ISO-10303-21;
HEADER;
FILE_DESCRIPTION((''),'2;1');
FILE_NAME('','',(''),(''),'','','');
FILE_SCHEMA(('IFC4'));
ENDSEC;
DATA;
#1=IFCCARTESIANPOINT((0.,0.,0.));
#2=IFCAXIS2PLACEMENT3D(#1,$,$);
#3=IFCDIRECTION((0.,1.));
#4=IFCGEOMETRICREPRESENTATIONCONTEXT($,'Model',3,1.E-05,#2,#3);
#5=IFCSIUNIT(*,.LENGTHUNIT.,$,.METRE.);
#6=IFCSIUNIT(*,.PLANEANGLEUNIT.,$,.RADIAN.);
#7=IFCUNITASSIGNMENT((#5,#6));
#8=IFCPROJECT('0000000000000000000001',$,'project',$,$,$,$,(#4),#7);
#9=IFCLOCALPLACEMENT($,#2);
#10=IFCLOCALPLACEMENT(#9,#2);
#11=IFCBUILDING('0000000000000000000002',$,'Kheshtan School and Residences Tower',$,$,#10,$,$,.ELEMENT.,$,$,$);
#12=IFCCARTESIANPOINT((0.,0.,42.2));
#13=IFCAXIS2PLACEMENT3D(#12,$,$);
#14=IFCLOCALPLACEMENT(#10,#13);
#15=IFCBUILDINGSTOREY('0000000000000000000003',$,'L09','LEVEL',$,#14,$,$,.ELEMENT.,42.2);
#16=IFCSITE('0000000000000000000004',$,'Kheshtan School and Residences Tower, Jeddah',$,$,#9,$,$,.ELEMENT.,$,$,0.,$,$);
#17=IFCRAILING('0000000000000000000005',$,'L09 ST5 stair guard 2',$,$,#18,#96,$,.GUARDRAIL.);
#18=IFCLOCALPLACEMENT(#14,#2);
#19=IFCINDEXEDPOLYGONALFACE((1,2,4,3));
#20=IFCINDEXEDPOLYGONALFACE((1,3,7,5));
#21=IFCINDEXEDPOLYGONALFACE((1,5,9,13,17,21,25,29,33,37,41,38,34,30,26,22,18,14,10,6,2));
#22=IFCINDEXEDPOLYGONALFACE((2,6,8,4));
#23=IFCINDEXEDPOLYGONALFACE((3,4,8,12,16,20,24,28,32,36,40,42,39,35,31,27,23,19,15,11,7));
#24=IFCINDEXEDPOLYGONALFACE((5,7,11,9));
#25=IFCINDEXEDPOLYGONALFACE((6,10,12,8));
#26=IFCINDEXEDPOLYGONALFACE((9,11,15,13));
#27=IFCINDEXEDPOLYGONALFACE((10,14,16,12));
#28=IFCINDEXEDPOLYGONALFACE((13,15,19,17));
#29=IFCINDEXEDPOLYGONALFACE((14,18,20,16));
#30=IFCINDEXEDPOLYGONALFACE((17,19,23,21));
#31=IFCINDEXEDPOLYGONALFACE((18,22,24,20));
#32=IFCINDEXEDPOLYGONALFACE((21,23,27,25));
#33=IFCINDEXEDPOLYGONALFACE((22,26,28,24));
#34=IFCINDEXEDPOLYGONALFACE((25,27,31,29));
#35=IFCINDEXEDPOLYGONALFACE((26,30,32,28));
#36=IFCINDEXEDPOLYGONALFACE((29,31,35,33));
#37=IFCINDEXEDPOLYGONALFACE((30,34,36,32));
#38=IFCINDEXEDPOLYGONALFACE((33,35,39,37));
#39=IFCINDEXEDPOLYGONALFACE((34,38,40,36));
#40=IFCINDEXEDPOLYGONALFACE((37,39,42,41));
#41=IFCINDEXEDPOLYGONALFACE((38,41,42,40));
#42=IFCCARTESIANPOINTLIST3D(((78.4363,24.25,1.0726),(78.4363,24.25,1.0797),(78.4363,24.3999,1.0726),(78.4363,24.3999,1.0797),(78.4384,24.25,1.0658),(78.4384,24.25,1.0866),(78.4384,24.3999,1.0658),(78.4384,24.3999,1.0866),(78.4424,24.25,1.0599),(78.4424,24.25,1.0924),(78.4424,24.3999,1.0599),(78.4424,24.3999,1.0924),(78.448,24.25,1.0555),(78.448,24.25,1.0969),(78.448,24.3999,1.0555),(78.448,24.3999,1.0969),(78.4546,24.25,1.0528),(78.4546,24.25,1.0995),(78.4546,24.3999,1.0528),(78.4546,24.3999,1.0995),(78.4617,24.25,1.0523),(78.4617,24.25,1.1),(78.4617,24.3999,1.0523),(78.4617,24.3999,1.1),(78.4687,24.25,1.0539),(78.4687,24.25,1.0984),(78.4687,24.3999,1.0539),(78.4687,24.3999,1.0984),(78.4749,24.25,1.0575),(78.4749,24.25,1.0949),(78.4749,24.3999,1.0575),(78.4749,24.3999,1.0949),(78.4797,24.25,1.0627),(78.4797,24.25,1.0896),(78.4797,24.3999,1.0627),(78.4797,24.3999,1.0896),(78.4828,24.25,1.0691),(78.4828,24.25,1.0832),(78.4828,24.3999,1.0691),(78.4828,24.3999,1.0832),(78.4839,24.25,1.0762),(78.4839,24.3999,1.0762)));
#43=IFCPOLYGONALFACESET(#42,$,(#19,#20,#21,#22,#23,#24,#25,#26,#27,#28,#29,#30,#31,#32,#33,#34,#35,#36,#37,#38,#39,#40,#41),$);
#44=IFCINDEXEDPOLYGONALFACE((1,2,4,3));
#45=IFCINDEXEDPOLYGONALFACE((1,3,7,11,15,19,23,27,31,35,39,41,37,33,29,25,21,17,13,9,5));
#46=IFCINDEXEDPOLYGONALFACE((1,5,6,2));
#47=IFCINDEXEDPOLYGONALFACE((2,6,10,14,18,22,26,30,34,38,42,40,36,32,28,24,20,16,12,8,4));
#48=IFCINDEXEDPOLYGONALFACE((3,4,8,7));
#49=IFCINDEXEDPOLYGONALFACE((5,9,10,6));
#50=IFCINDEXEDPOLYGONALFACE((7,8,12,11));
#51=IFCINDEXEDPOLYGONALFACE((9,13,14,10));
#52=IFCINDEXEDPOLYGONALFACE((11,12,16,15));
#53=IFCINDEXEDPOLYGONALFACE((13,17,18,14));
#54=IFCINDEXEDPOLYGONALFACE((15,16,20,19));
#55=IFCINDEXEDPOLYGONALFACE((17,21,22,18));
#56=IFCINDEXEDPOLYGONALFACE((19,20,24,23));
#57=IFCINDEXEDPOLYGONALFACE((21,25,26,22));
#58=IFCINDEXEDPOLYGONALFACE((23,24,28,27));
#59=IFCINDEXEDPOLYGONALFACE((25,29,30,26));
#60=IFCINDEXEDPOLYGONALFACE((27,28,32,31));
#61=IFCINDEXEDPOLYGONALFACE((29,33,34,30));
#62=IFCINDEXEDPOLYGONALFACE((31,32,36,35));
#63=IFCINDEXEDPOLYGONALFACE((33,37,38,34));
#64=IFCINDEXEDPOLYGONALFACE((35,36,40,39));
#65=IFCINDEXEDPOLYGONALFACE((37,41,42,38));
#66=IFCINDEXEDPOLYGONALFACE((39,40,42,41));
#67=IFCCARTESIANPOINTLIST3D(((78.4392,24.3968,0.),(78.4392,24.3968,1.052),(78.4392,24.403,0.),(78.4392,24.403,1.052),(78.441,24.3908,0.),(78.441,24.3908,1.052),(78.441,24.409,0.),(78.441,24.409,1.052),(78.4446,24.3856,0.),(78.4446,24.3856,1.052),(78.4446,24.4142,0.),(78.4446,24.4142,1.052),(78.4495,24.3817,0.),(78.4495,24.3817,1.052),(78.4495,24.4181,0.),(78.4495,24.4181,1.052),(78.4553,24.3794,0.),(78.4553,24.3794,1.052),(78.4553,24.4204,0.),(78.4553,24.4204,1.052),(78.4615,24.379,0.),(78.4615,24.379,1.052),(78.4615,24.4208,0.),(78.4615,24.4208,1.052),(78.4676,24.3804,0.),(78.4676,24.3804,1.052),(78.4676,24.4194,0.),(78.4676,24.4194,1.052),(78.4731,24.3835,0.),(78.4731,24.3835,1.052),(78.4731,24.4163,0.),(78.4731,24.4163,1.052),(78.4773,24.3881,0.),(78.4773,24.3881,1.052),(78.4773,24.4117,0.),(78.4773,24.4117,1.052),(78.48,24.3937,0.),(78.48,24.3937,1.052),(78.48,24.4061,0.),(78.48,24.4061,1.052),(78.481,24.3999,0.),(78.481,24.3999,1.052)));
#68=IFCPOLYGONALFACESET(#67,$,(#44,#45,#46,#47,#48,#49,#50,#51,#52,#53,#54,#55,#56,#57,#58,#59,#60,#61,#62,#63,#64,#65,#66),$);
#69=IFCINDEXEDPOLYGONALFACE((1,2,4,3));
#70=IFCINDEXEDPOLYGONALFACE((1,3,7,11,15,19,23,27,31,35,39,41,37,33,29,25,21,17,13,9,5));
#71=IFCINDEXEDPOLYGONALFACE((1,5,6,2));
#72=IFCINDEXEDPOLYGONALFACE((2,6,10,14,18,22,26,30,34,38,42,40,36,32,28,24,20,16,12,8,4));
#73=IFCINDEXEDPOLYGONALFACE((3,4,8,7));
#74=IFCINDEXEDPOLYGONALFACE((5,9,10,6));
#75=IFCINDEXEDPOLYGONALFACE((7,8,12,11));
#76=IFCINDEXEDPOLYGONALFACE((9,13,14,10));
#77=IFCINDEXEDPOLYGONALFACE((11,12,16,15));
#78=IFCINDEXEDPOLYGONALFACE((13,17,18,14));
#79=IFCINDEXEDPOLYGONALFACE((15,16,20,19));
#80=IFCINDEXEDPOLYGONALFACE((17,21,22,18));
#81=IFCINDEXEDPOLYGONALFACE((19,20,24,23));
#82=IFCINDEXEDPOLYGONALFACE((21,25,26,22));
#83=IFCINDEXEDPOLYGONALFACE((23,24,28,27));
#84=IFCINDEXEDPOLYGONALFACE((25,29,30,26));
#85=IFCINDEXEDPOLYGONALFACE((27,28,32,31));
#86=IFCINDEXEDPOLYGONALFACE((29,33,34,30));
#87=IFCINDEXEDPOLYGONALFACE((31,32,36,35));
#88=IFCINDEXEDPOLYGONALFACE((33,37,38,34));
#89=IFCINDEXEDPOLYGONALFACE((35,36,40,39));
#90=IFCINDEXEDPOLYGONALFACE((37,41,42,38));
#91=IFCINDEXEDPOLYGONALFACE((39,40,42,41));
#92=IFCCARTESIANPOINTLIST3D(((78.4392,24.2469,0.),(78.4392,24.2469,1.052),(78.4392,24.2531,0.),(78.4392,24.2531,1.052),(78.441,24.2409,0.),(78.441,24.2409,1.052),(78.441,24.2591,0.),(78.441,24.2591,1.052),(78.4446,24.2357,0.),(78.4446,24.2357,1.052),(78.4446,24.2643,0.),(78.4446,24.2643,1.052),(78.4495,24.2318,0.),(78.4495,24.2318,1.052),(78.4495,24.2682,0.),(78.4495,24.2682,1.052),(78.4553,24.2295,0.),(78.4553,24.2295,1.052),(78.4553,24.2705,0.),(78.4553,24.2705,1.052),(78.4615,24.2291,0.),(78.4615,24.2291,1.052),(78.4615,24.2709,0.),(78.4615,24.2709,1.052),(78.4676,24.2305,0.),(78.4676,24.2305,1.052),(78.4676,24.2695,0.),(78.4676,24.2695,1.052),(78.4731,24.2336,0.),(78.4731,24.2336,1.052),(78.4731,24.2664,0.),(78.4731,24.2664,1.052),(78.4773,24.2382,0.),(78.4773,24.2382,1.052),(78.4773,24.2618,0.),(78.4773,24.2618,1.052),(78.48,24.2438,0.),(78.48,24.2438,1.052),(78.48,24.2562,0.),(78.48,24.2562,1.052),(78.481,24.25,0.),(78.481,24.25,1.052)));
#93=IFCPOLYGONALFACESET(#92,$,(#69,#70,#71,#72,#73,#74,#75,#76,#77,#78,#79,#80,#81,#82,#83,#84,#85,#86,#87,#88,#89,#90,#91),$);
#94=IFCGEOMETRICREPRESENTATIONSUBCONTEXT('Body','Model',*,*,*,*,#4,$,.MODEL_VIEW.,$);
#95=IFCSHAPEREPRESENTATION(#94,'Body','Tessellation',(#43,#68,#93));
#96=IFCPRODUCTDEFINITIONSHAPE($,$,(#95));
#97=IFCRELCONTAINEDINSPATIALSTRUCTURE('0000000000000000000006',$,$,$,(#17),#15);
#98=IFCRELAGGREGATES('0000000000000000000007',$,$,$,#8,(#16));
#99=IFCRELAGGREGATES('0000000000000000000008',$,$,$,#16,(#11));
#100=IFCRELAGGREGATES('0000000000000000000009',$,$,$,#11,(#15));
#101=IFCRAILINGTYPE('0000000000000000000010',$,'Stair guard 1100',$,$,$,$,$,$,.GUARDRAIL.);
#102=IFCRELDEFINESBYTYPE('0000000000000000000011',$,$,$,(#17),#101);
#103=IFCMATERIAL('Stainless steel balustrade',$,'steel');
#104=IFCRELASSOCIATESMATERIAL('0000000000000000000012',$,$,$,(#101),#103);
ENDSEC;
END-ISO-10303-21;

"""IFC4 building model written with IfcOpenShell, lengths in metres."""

from ifc_helpers import new_model, si_unit, direction, frame, origin, origin_2d, place, context, subcontext, project, spatial, circle, extrude, material, type_object, element, save


model = new_model("IFC4")

# Units and contexts
model_context = context("Model", 3, precision=1e-05, world=origin(), true_north=direction((0.0, 1.0)))
body_context = subcontext(model_context, "Body", "Model", "MODEL_VIEW")
ifc_project = project(units=[si_unit("LENGTHUNIT", "METRE"), si_unit("PLANEANGLEUNIT", "RADIAN")], contexts=[model_context])

# Site, building, storey
site_placement = place(None, origin())
site = spatial("IfcSite", under=ifc_project, at=site_placement, Name="Kheshtan School and Residences Tower, Jeddah", CompositionType="ELEMENT", RefElevation=0.0)
building_placement = place(site_placement, origin())
building = spatial("IfcBuilding", under=site, at=building_placement, Name="Kheshtan School and Residences Tower", CompositionType="ELEMENT")
storey_placement = place(building_placement, frame((0.0, 0.0, 42.2)))
storey = spatial("IfcBuildingStorey", under=building, at=storey_placement, Name="L09", Description="LEVEL", CompositionType="ELEMENT", Elevation=42.2)

# Railing
ifc_material_1 = material(Name="Stainless steel balustrade", Category="steel")
railing_type_1 = type_object("IfcRailingType", Name="Stair guard 1100", PredefinedType="GUARDRAIL", material=ifc_material_1)
railing_1_placement = place(storey_placement, frame((78.46, 24.3999, 0.0)))
element("IfcRailing", 1, at=railing_1_placement, inside=storey, type_object=railing_type_1, Name="L09 ST5 stair guard 2", PredefinedType="GUARDRAIL", context=body_context, shape_type="SweptSolid", body=[
    extrude(circle(Radius=0.0239, at=origin_2d()), frame((0.0, 0.0, 1.0762), z_axis=(0.0, -1.0, 0.0), x_axis=(1.0, 0.0, 0.0)), (0.0, 0.0, 1.0), 0.1499),
    extrude(circle(Radius=0.021, at=origin_2d()), origin(), (0.0, 0.0, 1.0), 1.052),
    extrude(circle(Radius=0.021, at=origin_2d()), frame((0.0, -0.1499, 0.0)), (0.0, 0.0, 1.0), 1.052),
])

save(model, "model.ifc")
